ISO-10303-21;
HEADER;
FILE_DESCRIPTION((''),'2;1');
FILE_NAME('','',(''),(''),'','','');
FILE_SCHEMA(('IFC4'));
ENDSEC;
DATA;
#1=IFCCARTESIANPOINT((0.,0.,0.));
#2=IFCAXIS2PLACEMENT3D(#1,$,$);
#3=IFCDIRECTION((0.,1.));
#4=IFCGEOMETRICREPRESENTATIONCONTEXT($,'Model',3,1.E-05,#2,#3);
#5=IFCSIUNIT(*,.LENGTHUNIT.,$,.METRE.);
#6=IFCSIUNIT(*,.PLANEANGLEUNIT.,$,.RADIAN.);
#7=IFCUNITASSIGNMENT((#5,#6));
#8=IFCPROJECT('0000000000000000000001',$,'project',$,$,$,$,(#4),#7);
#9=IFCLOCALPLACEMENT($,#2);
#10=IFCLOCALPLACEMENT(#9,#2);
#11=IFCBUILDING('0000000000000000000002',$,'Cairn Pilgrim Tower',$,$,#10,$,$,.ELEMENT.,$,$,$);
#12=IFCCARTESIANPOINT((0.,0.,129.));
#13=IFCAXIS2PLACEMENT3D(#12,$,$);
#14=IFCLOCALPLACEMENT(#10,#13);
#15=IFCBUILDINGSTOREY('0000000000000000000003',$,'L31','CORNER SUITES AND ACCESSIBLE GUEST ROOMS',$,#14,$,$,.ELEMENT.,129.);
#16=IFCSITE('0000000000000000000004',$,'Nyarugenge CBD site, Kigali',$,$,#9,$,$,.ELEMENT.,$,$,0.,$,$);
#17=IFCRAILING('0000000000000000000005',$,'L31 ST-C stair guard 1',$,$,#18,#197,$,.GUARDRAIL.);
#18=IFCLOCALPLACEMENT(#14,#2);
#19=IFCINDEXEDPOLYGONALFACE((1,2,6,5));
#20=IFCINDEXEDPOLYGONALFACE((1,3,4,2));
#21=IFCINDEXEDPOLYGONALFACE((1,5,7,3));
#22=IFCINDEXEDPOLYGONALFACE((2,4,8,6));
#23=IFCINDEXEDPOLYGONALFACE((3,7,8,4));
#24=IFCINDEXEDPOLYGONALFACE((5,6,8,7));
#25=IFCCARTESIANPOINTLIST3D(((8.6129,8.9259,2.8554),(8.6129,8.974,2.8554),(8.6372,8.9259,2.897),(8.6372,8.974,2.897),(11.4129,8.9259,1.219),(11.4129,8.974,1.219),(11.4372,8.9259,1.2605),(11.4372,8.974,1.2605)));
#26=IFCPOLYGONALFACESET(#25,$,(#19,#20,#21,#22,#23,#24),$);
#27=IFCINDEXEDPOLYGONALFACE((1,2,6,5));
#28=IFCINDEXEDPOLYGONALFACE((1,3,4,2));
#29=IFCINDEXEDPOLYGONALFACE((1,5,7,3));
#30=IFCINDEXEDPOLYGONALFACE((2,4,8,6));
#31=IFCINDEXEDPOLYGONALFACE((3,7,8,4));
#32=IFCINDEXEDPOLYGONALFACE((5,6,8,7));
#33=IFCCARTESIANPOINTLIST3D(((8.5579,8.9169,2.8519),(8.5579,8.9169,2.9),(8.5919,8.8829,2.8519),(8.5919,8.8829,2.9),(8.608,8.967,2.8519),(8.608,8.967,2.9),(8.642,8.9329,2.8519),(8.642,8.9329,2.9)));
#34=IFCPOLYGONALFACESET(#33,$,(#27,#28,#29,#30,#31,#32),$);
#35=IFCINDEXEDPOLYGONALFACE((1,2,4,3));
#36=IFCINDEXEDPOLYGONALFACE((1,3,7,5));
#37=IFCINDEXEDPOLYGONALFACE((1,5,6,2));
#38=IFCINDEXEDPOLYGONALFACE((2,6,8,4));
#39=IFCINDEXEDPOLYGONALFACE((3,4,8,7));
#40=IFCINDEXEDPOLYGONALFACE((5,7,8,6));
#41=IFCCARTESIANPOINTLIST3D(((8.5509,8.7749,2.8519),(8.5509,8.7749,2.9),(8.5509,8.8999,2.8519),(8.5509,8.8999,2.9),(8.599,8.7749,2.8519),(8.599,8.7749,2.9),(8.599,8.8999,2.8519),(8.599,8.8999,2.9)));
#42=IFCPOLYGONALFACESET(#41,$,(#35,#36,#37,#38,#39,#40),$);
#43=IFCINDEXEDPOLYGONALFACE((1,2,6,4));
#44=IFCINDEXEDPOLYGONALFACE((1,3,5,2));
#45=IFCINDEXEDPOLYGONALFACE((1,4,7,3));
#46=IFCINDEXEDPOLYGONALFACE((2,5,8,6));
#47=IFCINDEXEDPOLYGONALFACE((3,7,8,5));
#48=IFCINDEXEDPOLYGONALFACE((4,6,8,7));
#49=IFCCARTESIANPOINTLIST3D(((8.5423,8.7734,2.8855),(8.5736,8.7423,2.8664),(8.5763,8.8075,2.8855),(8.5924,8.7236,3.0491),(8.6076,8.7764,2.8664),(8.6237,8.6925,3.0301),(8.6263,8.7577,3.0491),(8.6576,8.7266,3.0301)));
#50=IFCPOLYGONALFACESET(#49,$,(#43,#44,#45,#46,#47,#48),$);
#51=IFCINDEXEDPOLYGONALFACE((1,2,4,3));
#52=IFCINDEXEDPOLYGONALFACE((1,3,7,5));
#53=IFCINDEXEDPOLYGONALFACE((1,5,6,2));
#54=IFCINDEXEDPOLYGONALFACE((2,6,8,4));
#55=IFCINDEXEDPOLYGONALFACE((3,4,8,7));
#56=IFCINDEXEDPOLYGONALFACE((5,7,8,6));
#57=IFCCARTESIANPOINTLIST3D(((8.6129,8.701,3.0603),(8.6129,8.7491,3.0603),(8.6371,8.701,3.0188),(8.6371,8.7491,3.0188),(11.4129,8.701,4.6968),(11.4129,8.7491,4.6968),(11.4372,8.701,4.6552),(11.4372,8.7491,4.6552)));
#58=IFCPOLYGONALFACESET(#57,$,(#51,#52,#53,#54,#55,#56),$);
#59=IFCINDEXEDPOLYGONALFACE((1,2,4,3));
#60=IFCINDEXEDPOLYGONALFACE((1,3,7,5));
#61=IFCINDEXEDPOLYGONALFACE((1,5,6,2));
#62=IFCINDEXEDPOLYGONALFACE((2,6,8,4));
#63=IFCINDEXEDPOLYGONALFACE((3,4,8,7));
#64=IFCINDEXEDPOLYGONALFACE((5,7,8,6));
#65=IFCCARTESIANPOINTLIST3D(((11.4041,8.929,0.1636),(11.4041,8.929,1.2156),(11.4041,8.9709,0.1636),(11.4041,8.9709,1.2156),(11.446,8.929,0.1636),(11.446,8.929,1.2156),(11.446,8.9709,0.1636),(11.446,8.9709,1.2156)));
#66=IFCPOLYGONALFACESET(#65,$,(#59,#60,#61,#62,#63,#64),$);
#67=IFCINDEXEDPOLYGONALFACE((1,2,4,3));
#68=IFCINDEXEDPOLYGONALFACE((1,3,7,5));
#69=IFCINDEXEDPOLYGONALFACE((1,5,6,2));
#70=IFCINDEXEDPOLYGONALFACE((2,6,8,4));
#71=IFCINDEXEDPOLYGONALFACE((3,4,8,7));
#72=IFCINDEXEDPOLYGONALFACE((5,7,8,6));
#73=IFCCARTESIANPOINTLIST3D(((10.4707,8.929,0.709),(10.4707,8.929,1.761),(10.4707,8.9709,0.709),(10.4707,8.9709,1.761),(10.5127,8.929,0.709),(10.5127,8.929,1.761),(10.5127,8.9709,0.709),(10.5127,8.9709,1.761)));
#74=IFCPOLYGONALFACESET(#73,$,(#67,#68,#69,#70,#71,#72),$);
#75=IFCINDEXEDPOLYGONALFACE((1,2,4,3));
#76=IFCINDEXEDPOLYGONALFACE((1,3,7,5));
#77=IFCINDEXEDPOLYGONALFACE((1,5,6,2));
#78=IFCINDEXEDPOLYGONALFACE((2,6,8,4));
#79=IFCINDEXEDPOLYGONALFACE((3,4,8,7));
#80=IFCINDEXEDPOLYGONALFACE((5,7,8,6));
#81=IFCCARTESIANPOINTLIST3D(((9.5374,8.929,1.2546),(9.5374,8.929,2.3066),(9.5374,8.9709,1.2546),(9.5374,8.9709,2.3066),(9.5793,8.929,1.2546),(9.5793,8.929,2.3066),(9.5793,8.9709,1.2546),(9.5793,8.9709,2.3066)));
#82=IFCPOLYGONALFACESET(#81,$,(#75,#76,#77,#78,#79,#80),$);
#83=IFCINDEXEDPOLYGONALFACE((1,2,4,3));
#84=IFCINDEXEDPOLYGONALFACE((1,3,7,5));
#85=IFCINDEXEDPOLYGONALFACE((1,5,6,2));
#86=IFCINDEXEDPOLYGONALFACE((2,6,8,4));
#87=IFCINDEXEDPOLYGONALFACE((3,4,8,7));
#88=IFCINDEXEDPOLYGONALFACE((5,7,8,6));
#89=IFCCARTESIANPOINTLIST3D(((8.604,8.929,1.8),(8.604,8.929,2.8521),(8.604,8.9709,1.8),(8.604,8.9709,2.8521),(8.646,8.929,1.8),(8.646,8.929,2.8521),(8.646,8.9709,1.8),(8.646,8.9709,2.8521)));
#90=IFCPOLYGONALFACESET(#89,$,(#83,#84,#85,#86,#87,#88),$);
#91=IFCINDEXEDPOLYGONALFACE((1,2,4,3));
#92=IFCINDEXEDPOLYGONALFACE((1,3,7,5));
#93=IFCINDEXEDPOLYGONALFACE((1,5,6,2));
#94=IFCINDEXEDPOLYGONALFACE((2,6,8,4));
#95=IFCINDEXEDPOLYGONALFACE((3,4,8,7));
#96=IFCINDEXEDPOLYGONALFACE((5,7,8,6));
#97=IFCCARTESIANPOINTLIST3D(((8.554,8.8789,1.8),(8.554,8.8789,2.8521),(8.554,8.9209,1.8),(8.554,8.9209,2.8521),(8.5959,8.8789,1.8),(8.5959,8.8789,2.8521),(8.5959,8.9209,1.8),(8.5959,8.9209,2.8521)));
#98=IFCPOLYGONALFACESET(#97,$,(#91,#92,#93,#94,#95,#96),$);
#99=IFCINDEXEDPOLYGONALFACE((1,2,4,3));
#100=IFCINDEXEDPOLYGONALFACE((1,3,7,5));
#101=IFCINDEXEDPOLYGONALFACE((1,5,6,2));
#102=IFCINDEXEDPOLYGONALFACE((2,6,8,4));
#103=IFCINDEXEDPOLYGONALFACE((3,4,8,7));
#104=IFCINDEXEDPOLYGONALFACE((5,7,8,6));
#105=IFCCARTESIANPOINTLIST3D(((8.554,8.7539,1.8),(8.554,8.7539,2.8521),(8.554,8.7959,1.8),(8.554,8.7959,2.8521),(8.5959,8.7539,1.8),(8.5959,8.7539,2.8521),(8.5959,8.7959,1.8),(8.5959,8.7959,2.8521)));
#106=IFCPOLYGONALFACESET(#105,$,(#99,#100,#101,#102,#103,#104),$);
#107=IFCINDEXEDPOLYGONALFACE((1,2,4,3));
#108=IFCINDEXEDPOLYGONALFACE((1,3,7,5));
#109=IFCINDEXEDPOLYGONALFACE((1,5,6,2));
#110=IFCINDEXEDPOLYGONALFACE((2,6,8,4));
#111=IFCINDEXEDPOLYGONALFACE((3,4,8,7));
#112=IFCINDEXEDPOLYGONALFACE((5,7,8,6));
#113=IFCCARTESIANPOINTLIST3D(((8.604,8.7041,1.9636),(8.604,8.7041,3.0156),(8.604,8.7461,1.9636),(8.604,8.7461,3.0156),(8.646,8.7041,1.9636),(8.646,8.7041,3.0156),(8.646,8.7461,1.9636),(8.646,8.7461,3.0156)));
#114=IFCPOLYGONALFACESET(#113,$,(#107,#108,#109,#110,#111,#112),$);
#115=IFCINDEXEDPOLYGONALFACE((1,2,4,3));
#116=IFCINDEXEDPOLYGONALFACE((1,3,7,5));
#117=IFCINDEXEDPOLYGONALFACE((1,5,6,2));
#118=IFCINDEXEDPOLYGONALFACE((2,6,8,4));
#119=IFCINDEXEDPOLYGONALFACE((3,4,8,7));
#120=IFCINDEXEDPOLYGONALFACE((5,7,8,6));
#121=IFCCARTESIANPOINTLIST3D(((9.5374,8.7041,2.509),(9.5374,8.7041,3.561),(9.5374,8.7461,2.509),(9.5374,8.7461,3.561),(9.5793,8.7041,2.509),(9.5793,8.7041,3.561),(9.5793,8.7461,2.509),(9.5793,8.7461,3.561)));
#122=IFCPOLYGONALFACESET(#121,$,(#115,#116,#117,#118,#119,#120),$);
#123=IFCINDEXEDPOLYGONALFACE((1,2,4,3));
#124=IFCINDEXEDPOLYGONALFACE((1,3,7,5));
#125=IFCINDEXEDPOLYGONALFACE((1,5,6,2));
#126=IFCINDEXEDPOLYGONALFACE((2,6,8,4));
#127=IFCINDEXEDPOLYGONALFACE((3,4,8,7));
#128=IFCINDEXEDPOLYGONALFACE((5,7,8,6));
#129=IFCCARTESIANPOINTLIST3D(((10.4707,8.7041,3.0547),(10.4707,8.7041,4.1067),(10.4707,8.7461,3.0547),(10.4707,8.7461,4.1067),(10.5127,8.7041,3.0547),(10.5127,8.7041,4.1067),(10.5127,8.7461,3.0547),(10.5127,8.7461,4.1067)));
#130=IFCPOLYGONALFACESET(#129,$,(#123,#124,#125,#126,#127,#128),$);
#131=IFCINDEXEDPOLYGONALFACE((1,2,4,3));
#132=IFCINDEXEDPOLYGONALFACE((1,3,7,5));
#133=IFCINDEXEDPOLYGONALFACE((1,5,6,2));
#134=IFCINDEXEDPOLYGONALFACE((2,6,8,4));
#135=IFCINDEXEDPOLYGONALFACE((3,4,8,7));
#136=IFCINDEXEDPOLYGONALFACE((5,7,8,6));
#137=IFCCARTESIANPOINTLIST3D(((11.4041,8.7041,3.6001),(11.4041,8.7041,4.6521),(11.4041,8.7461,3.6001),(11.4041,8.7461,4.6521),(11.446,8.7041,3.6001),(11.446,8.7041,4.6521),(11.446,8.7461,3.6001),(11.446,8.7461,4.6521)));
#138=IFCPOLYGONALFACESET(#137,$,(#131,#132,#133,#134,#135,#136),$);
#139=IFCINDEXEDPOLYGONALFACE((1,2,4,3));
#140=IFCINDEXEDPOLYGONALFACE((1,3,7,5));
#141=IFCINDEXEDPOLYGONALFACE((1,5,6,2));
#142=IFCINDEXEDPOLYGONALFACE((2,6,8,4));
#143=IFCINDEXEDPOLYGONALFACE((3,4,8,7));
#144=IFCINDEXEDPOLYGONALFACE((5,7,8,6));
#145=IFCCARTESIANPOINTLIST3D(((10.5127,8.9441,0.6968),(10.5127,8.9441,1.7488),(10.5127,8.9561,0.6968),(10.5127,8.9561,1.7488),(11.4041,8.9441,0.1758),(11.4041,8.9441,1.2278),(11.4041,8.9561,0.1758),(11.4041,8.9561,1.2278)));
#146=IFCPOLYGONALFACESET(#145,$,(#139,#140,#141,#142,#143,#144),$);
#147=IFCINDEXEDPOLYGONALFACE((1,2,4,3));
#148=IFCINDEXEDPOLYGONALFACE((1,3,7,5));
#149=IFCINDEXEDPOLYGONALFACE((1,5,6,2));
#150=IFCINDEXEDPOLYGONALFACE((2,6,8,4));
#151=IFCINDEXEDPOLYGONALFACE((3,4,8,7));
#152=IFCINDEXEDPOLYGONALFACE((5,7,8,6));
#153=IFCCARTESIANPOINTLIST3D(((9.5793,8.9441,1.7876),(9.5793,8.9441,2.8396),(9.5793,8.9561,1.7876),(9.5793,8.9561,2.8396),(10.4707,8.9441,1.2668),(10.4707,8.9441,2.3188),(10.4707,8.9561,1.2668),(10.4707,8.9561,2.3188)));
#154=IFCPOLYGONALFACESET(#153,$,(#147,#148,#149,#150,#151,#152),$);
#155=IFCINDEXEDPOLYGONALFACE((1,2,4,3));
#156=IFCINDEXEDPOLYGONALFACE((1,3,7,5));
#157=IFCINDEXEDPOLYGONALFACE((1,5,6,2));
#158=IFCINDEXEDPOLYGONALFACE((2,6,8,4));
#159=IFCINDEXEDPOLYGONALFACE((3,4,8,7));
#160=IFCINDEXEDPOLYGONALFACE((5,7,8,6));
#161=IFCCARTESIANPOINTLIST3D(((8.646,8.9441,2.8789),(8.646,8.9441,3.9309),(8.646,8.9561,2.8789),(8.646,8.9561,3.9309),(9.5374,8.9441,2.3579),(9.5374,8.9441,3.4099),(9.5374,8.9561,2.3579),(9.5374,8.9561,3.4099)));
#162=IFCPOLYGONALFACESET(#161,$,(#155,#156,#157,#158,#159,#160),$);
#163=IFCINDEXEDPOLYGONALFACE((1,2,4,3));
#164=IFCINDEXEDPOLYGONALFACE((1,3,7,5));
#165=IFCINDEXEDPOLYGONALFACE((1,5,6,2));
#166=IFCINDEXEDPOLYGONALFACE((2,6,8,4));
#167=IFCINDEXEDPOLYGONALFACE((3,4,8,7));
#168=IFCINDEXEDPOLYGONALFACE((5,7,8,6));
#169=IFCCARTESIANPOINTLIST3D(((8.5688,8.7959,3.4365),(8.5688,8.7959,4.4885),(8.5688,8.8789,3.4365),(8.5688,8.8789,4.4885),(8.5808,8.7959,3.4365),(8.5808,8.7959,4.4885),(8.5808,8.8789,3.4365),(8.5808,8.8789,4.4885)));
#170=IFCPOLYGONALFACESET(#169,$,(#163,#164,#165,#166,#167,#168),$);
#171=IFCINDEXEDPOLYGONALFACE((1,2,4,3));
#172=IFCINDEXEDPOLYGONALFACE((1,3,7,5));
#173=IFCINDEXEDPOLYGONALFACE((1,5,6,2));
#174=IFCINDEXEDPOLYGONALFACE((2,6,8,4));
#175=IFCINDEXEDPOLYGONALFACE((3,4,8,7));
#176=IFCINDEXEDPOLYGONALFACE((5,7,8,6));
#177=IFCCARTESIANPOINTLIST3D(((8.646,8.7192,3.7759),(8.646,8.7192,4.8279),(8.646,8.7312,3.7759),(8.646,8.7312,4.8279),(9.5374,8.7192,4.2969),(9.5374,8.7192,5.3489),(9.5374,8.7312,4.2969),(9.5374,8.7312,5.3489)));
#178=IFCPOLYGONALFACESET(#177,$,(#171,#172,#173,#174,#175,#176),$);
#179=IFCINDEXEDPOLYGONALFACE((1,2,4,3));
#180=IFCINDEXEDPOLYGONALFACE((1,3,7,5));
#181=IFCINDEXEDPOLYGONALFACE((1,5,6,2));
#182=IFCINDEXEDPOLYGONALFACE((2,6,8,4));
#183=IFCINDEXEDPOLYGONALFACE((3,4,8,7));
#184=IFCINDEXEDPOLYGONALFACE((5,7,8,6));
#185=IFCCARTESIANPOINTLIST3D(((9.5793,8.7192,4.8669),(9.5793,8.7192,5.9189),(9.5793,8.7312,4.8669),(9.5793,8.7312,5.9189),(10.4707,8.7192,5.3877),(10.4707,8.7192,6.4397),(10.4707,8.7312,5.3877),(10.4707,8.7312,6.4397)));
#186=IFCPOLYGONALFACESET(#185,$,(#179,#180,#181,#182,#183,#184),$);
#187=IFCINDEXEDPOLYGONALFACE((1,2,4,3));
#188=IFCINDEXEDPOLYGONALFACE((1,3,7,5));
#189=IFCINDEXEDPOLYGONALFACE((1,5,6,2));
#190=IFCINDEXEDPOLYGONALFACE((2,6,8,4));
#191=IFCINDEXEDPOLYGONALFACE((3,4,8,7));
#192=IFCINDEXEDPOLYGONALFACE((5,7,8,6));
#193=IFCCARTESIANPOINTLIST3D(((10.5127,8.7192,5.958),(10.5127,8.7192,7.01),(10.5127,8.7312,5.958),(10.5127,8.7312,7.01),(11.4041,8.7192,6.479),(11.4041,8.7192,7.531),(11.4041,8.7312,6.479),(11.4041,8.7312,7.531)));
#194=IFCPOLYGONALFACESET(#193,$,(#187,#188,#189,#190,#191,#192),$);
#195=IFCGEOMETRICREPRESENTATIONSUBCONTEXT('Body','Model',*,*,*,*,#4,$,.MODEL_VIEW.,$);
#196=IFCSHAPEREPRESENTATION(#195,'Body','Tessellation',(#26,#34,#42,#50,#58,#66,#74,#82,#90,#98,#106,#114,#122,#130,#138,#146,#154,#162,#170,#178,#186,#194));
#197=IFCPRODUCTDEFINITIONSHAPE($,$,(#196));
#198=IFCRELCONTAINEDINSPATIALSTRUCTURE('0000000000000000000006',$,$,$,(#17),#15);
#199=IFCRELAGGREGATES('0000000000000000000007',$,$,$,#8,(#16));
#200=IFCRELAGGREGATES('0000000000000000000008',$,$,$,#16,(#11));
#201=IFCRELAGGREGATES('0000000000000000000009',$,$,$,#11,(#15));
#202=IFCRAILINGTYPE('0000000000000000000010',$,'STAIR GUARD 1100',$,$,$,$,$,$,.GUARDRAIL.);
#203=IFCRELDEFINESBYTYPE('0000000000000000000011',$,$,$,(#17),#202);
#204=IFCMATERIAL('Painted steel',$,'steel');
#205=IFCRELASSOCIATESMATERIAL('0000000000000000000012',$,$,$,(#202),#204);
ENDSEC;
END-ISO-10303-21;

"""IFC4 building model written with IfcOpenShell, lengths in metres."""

from ifc_helpers import new_model, si_unit, direction, frame, origin, origin_2d, place, context, subcontext, project, spatial, polyline, rectangle, outline, extrude, material, type_object, element, save


model = new_model("IFC4")

# Units and contexts
model_context = context("Model", 3, precision=1e-05, world=origin(), true_north=direction((0.0, 1.0)))
body_context = subcontext(model_context, "Body", "Model", "MODEL_VIEW")
ifc_project = project(units=[si_unit("LENGTHUNIT", "METRE"), si_unit("PLANEANGLEUNIT", "RADIAN")], contexts=[model_context])

# Site, building, storey
site_placement = place(None, origin())
site = spatial("IfcSite", under=ifc_project, at=site_placement, Name="Nyarugenge CBD site, Kigali", CompositionType="ELEMENT", RefElevation=0.0)
building_placement = place(site_placement, origin())
building = spatial("IfcBuilding", under=site, at=building_placement, Name="Cairn Pilgrim Tower", CompositionType="ELEMENT")
storey_placement = place(building_placement, frame((0.0, 0.0, 129.0)))
storey = spatial("IfcBuildingStorey", under=building, at=storey_placement, Name="L31", Description="CORNER SUITES AND ACCESSIBLE GUEST ROOMS", CompositionType="ELEMENT", Elevation=129.0)

# Shared definitions
ifc_material_1 = material(Name="Painted steel", Category="steel")

# Railing
railing_type_1 = type_object("IfcRailingType", Name="STAIR GUARD 1100", PredefinedType="GUARDRAIL", material=ifc_material_1)
railing_1_placement = place(storey_placement, frame((11.425, 8.95, 0.1636)))
element("IfcRailing", 1, at=railing_1_placement, inside=storey, type_object=railing_type_1, Name="L31 ST-C stair guard 1", PredefinedType="GUARDRAIL", context=body_context, shape_type="SweptSolid", body=[
    extrude(rectangle(XDim=0.0481, YDim=0.0481, at=origin_2d()), frame((0.0, 0.0, 1.0762), z_axis=(-0.863361, 0.0, 0.504587), x_axis=(0.0, -1.0, 0.0)), (0.0, 0.0, 1.0), 3.2432),
    extrude(rectangle(XDim=0.0481, YDim=0.0481, at=origin_2d()), frame((-2.8, 0.0, 2.7124), z_axis=(-0.707107, -0.707107, 0.0), x_axis=(0.707107, -0.707107, 0.0)), (0.0, 0.0, 1.0), 0.0708),
    extrude(rectangle(XDim=0.0481, YDim=0.0481, at=origin_2d()), frame((-2.8501, -0.05, 2.7124), z_axis=(0.0, -1.0, 0.0), x_axis=(1.0, 0.0, 0.0)), (0.0, 0.0, 1.0), 0.125),
    extrude(rectangle(XDim=0.0481, YDim=0.0481, at=origin_2d()), frame((-2.8501, -0.175, 2.7124), z_axis=(0.280917, -0.279546, 0.918118), x_axis=(0.705376, 0.708834, 0.0)), (0.0, 0.0, 1.0), 0.1782),
    extrude(rectangle(XDim=0.0481, YDim=0.0481, at=origin_2d()), frame((-2.8, -0.2249, 2.876), z_axis=(0.863361, 0.0, 0.504587), x_axis=(0.0, 1.0, 0.0)), (0.0, 0.0, 1.0), 3.2432),
    extrude(rectangle(XDim=0.042, YDim=0.042, at=origin_2d()), origin(), (0.0, 0.0, 1.0), 1.052),
    extrude(rectangle(XDim=0.042, YDim=0.042, at=origin_2d()), frame((-0.9333, 0.0, 0.5454)), (0.0, 0.0, 1.0), 1.052),
    extrude(rectangle(XDim=0.042, YDim=0.042, at=origin_2d()), frame((-1.8667, 0.0, 1.0911)), (0.0, 0.0, 1.0), 1.052),
    extrude(rectangle(XDim=0.042, YDim=0.042, at=origin_2d()), frame((-2.8, 0.0, 1.6365)), (0.0, 0.0, 1.0), 1.052),
    extrude(rectangle(XDim=0.042, YDim=0.042, at=origin_2d()), frame((-2.8501, -0.05, 1.6365)), (0.0, 0.0, 1.0), 1.052),
    extrude(rectangle(XDim=0.042, YDim=0.042, at=origin_2d()), frame((-2.8501, -0.175, 1.6365)), (0.0, 0.0, 1.0), 1.052),
    extrude(rectangle(XDim=0.042, YDim=0.042, at=origin_2d()), frame((-2.8, -0.2249, 1.8)), (0.0, 0.0, 1.0), 1.052),
    extrude(rectangle(XDim=0.042, YDim=0.042, at=origin_2d()), frame((-1.8667, -0.2249, 2.3455)), (0.0, 0.0, 1.0), 1.052),
    extrude(rectangle(XDim=0.042, YDim=0.042, at=origin_2d()), frame((-0.9333, -0.2249, 2.8911)), (0.0, 0.0, 1.0), 1.052),
    extrude(rectangle(XDim=0.042, YDim=0.042, at=origin_2d()), frame((0.0, -0.2249, 3.4365)), (0.0, 0.0, 1.0), 1.052),
    extrude(outline(polyline([(0.021, 0.0122), (0.9124, 0.5332), (0.9124, 1.5852), (0.021, 1.0642), (0.021, 0.0122)])), frame((0.0, -0.0059, 0.0), z_axis=(0.0, 1.0, 0.0), x_axis=(-1.0, 0.0, 0.0)), (0.0, 0.0, 1.0), 0.012),
    extrude(outline(polyline([(0.021, 0.5579), (0.9124, 1.0786), (0.9124, 2.1306), (0.021, 1.6099), (0.021, 0.5579)])), frame((-0.9333, -0.0059, 0.5454), z_axis=(0.0, 1.0, 0.0), x_axis=(-1.0, 0.0, 0.0)), (0.0, 0.0, 1.0), 0.012),
    extrude(outline(polyline([(0.021, 1.1033), (0.9124, 1.6243), (0.9124, 2.6763), (0.021, 2.1553), (0.021, 1.1033)])), frame((-1.8667, -0.0059, 1.0911), z_axis=(0.0, 1.0, 0.0), x_axis=(-1.0, 0.0, 0.0)), (0.0, 0.0, 1.0), 0.012),
    extrude(outline(polyline([(0.021, 1.6365), (0.104, 1.6365), (0.104, 2.6885), (0.021, 2.6885), (0.021, 1.6365)])), frame((-2.8442, -0.05, 1.6365), z_axis=(-1.0, 0.0, 0.0), x_axis=(0.0, -1.0, 0.0)), (0.0, 0.0, 1.0), 0.012),
    extrude(outline(polyline([(0.021, 1.8123), (0.9124, 2.3333), (0.9124, 3.3853), (0.021, 2.8643), (0.021, 1.8123)])), frame((-2.8, -0.2188, 1.8), z_axis=(0.0, -1.0, 0.0), x_axis=(1.0, 0.0, 0.0)), (0.0, 0.0, 1.0), 0.012),
    extrude(outline(polyline([(0.021, 2.3579), (0.9124, 2.8787), (0.9124, 3.9307), (0.021, 3.4099), (0.021, 2.3579)])), frame((-1.8667, -0.2188, 2.3455), z_axis=(0.0, -1.0, 0.0), x_axis=(1.0, 0.0, 0.0)), (0.0, 0.0, 1.0), 0.012),
    extrude(outline(polyline([(0.021, 2.9033), (0.9124, 3.4243), (0.9124, 4.4763), (0.021, 3.9553), (0.021, 2.9033)])), frame((-0.9333, -0.2188, 2.8911), z_axis=(0.0, -1.0, 0.0), x_axis=(1.0, 0.0, 0.0)), (0.0, 0.0, 1.0), 0.012),
])

save(model, "model.ifc")
